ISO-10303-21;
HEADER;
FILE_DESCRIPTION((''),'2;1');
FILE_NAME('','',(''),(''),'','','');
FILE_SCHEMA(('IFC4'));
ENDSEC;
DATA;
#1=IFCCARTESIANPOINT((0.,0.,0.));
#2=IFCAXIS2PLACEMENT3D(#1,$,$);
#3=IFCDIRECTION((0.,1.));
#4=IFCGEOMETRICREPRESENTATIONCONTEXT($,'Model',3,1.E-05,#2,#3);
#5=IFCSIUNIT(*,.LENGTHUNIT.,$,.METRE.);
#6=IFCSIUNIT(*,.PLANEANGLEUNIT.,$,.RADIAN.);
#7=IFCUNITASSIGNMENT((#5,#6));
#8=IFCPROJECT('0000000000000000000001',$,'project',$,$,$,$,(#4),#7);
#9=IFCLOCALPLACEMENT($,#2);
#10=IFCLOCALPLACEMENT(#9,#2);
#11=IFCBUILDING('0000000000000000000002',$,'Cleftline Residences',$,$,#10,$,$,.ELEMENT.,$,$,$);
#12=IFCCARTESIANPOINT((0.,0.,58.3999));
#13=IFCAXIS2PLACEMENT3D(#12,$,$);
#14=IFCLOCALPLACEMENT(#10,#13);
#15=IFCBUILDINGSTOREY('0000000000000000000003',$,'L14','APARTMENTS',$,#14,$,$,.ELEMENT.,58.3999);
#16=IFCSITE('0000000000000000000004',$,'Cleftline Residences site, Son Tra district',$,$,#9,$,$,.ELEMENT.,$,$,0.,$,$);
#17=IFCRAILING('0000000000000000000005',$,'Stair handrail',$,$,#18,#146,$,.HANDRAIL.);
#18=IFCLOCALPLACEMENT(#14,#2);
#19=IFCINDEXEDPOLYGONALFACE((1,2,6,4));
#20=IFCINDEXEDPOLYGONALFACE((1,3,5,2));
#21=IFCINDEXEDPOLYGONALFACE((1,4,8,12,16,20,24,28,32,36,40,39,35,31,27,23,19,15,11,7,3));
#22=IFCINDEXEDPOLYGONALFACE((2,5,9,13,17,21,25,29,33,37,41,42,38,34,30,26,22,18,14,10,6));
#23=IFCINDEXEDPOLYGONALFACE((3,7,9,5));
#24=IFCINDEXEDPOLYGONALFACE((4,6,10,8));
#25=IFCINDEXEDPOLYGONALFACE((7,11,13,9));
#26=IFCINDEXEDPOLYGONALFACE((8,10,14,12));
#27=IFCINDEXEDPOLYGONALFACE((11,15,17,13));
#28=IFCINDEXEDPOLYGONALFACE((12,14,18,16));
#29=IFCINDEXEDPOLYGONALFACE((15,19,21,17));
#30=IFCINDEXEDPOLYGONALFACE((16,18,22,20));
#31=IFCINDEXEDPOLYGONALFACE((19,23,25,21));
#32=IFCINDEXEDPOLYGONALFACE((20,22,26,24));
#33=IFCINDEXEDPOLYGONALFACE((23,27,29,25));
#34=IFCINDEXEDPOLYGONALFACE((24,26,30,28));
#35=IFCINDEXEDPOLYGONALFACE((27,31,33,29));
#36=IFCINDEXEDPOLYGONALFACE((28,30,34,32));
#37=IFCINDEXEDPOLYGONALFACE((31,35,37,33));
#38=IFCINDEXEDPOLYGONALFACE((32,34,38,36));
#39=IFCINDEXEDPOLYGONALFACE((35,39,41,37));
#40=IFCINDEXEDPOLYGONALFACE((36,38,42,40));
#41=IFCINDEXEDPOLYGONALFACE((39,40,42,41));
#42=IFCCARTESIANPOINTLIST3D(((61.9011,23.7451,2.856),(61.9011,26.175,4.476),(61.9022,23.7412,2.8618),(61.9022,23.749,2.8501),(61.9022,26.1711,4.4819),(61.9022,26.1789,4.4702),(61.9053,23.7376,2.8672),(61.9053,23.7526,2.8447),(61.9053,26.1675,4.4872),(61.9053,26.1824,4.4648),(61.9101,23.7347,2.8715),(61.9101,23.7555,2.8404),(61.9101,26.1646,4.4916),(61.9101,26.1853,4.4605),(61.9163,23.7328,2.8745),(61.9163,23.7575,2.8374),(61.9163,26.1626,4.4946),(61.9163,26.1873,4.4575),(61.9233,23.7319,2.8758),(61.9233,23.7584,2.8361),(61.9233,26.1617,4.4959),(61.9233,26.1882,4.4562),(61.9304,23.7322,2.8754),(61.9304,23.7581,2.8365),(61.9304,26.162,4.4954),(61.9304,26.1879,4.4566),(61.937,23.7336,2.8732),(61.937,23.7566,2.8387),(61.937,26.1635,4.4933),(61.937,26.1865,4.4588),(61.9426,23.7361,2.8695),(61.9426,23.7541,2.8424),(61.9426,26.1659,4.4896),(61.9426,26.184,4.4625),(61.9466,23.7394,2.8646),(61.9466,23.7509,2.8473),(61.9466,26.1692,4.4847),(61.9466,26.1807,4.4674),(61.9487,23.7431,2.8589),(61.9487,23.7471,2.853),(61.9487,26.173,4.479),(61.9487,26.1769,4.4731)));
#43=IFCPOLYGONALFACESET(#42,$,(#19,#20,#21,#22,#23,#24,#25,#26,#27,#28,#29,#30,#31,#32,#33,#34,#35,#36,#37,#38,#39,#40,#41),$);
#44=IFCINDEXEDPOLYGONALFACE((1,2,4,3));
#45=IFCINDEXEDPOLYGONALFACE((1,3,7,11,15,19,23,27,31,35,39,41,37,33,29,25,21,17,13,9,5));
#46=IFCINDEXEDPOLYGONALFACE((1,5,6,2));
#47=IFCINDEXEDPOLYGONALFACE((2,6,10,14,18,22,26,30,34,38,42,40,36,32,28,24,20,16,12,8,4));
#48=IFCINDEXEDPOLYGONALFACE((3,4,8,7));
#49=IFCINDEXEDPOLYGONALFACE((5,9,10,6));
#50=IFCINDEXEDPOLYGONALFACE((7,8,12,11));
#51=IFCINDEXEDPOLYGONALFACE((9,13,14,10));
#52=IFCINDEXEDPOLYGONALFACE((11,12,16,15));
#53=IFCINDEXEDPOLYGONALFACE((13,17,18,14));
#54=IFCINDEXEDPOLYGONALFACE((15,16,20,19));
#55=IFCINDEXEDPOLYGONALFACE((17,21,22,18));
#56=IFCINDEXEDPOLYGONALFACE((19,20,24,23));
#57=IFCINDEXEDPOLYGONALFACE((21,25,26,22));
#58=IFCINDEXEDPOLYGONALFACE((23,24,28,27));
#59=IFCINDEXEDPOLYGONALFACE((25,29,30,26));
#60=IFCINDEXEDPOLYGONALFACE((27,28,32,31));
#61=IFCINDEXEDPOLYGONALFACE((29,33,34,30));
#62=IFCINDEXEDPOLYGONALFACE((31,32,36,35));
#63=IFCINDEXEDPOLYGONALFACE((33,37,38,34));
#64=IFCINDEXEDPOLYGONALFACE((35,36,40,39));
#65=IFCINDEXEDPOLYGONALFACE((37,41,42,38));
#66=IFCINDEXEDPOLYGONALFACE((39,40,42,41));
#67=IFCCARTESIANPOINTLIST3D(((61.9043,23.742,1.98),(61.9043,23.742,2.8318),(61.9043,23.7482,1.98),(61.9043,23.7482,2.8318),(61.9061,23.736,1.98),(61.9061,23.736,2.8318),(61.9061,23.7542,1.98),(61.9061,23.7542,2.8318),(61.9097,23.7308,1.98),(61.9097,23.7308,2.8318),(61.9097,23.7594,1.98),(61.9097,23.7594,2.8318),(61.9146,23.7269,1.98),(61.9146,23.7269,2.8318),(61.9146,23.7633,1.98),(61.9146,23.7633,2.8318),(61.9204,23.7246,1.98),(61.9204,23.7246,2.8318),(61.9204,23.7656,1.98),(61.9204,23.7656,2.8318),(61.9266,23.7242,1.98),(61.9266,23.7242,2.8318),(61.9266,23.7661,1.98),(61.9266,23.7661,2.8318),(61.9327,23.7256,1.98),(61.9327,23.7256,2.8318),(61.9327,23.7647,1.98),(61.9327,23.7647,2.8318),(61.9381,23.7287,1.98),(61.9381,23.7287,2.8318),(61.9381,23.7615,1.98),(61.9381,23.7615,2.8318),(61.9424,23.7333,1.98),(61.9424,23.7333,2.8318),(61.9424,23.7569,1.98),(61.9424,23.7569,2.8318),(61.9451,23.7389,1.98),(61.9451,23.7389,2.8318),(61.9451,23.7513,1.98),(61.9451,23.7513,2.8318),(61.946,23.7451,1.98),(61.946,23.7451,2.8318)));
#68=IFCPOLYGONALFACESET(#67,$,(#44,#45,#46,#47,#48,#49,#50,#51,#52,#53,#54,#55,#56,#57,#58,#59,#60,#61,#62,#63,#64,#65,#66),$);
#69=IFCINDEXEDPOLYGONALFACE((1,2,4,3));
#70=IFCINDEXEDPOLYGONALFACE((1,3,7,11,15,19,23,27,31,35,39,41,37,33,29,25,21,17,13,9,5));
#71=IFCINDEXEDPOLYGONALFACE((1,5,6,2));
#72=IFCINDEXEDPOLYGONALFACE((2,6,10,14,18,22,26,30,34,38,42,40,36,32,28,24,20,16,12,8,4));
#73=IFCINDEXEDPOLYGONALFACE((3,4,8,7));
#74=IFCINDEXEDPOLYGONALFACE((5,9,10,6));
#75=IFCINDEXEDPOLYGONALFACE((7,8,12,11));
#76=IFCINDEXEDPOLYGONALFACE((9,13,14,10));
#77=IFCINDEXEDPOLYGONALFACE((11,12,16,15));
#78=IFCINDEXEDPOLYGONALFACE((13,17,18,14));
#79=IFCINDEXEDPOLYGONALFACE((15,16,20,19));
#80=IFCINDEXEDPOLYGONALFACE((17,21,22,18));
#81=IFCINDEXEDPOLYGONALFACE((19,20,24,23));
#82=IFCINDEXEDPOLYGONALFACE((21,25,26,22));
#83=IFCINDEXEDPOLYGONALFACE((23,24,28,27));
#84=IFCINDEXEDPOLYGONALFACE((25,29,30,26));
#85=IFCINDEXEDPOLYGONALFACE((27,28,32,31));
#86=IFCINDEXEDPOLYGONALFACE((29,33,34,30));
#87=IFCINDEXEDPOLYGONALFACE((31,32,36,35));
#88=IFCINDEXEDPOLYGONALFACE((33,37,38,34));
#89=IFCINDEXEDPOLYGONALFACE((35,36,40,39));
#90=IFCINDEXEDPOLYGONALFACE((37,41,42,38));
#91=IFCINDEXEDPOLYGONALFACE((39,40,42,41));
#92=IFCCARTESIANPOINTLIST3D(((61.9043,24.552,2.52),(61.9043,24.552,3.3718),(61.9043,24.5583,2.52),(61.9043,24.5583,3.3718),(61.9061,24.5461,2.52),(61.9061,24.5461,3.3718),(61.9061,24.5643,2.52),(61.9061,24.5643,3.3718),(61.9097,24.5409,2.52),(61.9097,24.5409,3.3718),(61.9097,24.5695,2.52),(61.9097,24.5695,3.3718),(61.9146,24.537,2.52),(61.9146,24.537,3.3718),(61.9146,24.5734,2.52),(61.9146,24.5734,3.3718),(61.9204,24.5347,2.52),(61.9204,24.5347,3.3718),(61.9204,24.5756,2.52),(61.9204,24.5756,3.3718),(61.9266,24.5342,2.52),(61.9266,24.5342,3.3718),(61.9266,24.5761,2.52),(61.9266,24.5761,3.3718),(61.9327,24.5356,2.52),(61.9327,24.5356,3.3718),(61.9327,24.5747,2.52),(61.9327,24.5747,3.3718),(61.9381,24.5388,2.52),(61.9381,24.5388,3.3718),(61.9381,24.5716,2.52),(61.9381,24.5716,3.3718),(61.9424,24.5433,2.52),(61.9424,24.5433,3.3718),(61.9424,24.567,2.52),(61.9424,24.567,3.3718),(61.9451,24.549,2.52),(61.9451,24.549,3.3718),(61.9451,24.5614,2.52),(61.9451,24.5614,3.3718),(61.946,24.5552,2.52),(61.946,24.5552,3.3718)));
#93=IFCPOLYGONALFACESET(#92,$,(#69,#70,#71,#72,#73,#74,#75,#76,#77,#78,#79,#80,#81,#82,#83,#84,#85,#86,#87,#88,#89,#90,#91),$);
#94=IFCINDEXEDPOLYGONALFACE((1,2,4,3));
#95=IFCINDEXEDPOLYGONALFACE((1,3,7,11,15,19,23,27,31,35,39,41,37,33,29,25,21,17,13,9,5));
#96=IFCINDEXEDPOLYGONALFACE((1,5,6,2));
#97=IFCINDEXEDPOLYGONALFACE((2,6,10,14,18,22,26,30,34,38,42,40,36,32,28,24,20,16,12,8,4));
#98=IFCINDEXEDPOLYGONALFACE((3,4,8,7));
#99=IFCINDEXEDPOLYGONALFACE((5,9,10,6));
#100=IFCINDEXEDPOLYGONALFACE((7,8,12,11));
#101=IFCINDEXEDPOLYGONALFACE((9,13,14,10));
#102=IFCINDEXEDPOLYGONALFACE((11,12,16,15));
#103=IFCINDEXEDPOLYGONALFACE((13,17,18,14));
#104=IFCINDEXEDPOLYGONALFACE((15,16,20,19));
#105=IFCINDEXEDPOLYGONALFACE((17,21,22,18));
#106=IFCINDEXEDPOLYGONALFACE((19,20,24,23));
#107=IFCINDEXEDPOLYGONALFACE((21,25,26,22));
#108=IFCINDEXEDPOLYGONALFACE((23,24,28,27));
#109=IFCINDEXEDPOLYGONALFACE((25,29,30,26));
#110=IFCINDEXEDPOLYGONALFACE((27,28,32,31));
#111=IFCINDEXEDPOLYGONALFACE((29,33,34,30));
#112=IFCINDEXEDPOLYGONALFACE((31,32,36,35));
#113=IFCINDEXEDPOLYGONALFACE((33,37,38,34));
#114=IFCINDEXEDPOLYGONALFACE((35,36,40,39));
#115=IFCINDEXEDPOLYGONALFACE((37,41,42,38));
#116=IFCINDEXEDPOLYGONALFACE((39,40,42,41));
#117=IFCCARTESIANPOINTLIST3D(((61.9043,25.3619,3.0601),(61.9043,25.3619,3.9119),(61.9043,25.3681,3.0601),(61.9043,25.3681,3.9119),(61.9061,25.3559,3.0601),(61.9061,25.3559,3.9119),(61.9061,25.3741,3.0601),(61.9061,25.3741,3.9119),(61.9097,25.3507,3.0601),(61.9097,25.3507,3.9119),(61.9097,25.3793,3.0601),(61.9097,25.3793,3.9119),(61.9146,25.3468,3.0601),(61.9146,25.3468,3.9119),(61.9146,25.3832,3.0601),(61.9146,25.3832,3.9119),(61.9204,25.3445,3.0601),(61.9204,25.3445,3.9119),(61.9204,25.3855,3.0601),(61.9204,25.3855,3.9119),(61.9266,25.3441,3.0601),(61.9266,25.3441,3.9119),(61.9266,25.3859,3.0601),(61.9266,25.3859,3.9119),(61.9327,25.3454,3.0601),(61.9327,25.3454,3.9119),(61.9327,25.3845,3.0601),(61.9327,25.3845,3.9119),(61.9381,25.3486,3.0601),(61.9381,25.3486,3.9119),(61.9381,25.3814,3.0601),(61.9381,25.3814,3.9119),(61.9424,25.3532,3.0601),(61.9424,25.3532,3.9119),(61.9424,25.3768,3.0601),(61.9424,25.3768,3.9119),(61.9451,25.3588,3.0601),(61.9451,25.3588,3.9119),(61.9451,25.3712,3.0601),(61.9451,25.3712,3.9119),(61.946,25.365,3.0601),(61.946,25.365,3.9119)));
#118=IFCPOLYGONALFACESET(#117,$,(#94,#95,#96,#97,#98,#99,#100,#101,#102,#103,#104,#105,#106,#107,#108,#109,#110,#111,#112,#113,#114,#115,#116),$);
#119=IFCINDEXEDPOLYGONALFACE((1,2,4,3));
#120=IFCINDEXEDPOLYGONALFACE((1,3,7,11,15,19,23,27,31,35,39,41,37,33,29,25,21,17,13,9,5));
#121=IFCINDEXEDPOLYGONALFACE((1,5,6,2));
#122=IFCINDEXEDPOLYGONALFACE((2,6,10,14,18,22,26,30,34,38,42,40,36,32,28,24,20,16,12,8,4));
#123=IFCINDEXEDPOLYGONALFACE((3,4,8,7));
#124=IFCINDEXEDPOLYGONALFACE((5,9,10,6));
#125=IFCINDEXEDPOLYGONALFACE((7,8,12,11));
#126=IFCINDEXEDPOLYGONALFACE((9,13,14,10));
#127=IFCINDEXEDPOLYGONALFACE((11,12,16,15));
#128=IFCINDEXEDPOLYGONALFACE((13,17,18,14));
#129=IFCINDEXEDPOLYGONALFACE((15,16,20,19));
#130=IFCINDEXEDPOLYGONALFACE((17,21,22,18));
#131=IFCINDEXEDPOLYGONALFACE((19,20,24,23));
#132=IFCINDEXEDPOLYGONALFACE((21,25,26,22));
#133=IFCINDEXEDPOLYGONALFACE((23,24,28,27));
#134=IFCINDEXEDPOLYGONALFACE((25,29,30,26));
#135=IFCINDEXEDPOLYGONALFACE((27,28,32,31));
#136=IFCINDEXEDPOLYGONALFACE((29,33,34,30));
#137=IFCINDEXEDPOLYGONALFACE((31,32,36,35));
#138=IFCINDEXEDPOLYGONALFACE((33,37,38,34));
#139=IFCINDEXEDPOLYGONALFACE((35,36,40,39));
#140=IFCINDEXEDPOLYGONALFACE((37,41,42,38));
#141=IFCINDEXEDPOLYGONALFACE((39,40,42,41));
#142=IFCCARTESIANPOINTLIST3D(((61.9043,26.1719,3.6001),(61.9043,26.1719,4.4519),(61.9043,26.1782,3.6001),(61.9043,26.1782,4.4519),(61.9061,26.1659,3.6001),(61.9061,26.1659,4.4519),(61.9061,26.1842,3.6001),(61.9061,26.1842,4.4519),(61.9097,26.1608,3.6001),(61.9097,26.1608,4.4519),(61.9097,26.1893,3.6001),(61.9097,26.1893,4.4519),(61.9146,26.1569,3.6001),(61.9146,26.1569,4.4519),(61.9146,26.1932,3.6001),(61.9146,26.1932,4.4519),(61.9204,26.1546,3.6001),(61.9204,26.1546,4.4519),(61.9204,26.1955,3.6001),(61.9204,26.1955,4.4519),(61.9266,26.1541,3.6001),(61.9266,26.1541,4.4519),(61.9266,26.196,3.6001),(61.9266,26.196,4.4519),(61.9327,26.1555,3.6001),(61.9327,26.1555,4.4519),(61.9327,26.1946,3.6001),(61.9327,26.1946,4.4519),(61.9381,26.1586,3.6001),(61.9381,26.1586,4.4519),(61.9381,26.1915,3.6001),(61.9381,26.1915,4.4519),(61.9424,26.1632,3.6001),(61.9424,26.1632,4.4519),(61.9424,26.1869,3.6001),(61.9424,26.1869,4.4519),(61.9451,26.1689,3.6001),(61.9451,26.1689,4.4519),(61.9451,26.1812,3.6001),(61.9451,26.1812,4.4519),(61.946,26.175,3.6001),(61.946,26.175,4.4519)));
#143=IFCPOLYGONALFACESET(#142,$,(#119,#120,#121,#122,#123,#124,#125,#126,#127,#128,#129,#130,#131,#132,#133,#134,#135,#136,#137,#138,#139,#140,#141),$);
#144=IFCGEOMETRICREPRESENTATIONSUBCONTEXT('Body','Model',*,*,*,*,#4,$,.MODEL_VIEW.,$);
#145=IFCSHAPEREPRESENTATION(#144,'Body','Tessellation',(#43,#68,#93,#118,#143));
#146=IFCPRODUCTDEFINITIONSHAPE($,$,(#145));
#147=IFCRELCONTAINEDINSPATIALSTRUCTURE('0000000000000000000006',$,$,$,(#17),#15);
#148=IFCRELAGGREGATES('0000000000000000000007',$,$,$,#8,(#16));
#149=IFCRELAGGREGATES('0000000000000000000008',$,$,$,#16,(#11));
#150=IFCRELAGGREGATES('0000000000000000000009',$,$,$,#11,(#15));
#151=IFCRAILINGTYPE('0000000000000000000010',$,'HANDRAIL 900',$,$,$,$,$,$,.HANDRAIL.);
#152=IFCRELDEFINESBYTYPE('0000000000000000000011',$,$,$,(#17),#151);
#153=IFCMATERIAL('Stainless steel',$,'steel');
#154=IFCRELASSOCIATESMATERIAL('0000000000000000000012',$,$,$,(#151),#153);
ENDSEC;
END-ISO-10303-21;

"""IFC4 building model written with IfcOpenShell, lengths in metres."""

from ifc_helpers import new_model, si_unit, direction, frame, origin, origin_2d, place, context, subcontext, project, spatial, circle, extrude, material, type_object, element, save


model = new_model("IFC4")

# Units and contexts
model_context = context("Model", 3, precision=1e-05, world=origin(), true_north=direction((0.0, 1.0)))
body_context = subcontext(model_context, "Body", "Model", "MODEL_VIEW")
ifc_project = project(units=[si_unit("LENGTHUNIT", "METRE"), si_unit("PLANEANGLEUNIT", "RADIAN")], contexts=[model_context])

# Site, building, storey
site_placement = place(None, origin())
site = spatial("IfcSite", under=ifc_project, at=site_placement, Name="Cleftline Residences site, Son Tra district", CompositionType="ELEMENT", RefElevation=0.0)
building_placement = place(site_placement, origin())
building = spatial("IfcBuilding", under=site, at=building_placement, Name="Cleftline Residences", CompositionType="ELEMENT")
storey_placement = place(building_placement, frame((0.0, 0.0, 58.3999)))
storey = spatial("IfcBuildingStorey", under=building, at=storey_placement, Name="L14", Description="APARTMENTS", CompositionType="ELEMENT", Elevation=58.3999)

# Railing
ifc_material_1 = material(Name="Stainless steel", Category="steel")
railing_type = type_object("IfcRailingType", Name="HANDRAIL 900", PredefinedType="HANDRAIL", material=ifc_material_1)
railing_placement = place(storey_placement, frame((61.925, 23.7451, 1.98)))
element("IfcRailing", 1, at=railing_placement, inside=storey, type_object=railing_type, Name="Stair handrail", PredefinedType="HANDRAIL", context=body_context, shape_type="SweptSolid", body=[
    extrude(circle(Radius=0.0239, at=origin_2d()), frame((0.0, 0.0, 0.876), z_axis=(0.0, 0.832025, 0.554739), x_axis=(-1.0, 0.0, 0.0)), (0.0, 0.0, 1.0), 2.9204),
    extrude(circle(Radius=0.021, at=origin_2d()), origin(), (0.0, 0.0, 1.0), 0.8518),
    extrude(circle(Radius=0.021, at=origin_2d()), frame((0.0, 0.8101, 0.54)), (0.0, 0.0, 1.0), 0.8518),
    extrude(circle(Radius=0.021, at=origin_2d()), frame((0.0, 1.6199, 1.0801)), (0.0, 0.0, 1.0), 0.8518),
    extrude(circle(Radius=0.021, at=origin_2d()), frame((0.0, 2.4299, 1.6201)), (0.0, 0.0, 1.0), 0.8518),
])

save(model, "model.ifc")
